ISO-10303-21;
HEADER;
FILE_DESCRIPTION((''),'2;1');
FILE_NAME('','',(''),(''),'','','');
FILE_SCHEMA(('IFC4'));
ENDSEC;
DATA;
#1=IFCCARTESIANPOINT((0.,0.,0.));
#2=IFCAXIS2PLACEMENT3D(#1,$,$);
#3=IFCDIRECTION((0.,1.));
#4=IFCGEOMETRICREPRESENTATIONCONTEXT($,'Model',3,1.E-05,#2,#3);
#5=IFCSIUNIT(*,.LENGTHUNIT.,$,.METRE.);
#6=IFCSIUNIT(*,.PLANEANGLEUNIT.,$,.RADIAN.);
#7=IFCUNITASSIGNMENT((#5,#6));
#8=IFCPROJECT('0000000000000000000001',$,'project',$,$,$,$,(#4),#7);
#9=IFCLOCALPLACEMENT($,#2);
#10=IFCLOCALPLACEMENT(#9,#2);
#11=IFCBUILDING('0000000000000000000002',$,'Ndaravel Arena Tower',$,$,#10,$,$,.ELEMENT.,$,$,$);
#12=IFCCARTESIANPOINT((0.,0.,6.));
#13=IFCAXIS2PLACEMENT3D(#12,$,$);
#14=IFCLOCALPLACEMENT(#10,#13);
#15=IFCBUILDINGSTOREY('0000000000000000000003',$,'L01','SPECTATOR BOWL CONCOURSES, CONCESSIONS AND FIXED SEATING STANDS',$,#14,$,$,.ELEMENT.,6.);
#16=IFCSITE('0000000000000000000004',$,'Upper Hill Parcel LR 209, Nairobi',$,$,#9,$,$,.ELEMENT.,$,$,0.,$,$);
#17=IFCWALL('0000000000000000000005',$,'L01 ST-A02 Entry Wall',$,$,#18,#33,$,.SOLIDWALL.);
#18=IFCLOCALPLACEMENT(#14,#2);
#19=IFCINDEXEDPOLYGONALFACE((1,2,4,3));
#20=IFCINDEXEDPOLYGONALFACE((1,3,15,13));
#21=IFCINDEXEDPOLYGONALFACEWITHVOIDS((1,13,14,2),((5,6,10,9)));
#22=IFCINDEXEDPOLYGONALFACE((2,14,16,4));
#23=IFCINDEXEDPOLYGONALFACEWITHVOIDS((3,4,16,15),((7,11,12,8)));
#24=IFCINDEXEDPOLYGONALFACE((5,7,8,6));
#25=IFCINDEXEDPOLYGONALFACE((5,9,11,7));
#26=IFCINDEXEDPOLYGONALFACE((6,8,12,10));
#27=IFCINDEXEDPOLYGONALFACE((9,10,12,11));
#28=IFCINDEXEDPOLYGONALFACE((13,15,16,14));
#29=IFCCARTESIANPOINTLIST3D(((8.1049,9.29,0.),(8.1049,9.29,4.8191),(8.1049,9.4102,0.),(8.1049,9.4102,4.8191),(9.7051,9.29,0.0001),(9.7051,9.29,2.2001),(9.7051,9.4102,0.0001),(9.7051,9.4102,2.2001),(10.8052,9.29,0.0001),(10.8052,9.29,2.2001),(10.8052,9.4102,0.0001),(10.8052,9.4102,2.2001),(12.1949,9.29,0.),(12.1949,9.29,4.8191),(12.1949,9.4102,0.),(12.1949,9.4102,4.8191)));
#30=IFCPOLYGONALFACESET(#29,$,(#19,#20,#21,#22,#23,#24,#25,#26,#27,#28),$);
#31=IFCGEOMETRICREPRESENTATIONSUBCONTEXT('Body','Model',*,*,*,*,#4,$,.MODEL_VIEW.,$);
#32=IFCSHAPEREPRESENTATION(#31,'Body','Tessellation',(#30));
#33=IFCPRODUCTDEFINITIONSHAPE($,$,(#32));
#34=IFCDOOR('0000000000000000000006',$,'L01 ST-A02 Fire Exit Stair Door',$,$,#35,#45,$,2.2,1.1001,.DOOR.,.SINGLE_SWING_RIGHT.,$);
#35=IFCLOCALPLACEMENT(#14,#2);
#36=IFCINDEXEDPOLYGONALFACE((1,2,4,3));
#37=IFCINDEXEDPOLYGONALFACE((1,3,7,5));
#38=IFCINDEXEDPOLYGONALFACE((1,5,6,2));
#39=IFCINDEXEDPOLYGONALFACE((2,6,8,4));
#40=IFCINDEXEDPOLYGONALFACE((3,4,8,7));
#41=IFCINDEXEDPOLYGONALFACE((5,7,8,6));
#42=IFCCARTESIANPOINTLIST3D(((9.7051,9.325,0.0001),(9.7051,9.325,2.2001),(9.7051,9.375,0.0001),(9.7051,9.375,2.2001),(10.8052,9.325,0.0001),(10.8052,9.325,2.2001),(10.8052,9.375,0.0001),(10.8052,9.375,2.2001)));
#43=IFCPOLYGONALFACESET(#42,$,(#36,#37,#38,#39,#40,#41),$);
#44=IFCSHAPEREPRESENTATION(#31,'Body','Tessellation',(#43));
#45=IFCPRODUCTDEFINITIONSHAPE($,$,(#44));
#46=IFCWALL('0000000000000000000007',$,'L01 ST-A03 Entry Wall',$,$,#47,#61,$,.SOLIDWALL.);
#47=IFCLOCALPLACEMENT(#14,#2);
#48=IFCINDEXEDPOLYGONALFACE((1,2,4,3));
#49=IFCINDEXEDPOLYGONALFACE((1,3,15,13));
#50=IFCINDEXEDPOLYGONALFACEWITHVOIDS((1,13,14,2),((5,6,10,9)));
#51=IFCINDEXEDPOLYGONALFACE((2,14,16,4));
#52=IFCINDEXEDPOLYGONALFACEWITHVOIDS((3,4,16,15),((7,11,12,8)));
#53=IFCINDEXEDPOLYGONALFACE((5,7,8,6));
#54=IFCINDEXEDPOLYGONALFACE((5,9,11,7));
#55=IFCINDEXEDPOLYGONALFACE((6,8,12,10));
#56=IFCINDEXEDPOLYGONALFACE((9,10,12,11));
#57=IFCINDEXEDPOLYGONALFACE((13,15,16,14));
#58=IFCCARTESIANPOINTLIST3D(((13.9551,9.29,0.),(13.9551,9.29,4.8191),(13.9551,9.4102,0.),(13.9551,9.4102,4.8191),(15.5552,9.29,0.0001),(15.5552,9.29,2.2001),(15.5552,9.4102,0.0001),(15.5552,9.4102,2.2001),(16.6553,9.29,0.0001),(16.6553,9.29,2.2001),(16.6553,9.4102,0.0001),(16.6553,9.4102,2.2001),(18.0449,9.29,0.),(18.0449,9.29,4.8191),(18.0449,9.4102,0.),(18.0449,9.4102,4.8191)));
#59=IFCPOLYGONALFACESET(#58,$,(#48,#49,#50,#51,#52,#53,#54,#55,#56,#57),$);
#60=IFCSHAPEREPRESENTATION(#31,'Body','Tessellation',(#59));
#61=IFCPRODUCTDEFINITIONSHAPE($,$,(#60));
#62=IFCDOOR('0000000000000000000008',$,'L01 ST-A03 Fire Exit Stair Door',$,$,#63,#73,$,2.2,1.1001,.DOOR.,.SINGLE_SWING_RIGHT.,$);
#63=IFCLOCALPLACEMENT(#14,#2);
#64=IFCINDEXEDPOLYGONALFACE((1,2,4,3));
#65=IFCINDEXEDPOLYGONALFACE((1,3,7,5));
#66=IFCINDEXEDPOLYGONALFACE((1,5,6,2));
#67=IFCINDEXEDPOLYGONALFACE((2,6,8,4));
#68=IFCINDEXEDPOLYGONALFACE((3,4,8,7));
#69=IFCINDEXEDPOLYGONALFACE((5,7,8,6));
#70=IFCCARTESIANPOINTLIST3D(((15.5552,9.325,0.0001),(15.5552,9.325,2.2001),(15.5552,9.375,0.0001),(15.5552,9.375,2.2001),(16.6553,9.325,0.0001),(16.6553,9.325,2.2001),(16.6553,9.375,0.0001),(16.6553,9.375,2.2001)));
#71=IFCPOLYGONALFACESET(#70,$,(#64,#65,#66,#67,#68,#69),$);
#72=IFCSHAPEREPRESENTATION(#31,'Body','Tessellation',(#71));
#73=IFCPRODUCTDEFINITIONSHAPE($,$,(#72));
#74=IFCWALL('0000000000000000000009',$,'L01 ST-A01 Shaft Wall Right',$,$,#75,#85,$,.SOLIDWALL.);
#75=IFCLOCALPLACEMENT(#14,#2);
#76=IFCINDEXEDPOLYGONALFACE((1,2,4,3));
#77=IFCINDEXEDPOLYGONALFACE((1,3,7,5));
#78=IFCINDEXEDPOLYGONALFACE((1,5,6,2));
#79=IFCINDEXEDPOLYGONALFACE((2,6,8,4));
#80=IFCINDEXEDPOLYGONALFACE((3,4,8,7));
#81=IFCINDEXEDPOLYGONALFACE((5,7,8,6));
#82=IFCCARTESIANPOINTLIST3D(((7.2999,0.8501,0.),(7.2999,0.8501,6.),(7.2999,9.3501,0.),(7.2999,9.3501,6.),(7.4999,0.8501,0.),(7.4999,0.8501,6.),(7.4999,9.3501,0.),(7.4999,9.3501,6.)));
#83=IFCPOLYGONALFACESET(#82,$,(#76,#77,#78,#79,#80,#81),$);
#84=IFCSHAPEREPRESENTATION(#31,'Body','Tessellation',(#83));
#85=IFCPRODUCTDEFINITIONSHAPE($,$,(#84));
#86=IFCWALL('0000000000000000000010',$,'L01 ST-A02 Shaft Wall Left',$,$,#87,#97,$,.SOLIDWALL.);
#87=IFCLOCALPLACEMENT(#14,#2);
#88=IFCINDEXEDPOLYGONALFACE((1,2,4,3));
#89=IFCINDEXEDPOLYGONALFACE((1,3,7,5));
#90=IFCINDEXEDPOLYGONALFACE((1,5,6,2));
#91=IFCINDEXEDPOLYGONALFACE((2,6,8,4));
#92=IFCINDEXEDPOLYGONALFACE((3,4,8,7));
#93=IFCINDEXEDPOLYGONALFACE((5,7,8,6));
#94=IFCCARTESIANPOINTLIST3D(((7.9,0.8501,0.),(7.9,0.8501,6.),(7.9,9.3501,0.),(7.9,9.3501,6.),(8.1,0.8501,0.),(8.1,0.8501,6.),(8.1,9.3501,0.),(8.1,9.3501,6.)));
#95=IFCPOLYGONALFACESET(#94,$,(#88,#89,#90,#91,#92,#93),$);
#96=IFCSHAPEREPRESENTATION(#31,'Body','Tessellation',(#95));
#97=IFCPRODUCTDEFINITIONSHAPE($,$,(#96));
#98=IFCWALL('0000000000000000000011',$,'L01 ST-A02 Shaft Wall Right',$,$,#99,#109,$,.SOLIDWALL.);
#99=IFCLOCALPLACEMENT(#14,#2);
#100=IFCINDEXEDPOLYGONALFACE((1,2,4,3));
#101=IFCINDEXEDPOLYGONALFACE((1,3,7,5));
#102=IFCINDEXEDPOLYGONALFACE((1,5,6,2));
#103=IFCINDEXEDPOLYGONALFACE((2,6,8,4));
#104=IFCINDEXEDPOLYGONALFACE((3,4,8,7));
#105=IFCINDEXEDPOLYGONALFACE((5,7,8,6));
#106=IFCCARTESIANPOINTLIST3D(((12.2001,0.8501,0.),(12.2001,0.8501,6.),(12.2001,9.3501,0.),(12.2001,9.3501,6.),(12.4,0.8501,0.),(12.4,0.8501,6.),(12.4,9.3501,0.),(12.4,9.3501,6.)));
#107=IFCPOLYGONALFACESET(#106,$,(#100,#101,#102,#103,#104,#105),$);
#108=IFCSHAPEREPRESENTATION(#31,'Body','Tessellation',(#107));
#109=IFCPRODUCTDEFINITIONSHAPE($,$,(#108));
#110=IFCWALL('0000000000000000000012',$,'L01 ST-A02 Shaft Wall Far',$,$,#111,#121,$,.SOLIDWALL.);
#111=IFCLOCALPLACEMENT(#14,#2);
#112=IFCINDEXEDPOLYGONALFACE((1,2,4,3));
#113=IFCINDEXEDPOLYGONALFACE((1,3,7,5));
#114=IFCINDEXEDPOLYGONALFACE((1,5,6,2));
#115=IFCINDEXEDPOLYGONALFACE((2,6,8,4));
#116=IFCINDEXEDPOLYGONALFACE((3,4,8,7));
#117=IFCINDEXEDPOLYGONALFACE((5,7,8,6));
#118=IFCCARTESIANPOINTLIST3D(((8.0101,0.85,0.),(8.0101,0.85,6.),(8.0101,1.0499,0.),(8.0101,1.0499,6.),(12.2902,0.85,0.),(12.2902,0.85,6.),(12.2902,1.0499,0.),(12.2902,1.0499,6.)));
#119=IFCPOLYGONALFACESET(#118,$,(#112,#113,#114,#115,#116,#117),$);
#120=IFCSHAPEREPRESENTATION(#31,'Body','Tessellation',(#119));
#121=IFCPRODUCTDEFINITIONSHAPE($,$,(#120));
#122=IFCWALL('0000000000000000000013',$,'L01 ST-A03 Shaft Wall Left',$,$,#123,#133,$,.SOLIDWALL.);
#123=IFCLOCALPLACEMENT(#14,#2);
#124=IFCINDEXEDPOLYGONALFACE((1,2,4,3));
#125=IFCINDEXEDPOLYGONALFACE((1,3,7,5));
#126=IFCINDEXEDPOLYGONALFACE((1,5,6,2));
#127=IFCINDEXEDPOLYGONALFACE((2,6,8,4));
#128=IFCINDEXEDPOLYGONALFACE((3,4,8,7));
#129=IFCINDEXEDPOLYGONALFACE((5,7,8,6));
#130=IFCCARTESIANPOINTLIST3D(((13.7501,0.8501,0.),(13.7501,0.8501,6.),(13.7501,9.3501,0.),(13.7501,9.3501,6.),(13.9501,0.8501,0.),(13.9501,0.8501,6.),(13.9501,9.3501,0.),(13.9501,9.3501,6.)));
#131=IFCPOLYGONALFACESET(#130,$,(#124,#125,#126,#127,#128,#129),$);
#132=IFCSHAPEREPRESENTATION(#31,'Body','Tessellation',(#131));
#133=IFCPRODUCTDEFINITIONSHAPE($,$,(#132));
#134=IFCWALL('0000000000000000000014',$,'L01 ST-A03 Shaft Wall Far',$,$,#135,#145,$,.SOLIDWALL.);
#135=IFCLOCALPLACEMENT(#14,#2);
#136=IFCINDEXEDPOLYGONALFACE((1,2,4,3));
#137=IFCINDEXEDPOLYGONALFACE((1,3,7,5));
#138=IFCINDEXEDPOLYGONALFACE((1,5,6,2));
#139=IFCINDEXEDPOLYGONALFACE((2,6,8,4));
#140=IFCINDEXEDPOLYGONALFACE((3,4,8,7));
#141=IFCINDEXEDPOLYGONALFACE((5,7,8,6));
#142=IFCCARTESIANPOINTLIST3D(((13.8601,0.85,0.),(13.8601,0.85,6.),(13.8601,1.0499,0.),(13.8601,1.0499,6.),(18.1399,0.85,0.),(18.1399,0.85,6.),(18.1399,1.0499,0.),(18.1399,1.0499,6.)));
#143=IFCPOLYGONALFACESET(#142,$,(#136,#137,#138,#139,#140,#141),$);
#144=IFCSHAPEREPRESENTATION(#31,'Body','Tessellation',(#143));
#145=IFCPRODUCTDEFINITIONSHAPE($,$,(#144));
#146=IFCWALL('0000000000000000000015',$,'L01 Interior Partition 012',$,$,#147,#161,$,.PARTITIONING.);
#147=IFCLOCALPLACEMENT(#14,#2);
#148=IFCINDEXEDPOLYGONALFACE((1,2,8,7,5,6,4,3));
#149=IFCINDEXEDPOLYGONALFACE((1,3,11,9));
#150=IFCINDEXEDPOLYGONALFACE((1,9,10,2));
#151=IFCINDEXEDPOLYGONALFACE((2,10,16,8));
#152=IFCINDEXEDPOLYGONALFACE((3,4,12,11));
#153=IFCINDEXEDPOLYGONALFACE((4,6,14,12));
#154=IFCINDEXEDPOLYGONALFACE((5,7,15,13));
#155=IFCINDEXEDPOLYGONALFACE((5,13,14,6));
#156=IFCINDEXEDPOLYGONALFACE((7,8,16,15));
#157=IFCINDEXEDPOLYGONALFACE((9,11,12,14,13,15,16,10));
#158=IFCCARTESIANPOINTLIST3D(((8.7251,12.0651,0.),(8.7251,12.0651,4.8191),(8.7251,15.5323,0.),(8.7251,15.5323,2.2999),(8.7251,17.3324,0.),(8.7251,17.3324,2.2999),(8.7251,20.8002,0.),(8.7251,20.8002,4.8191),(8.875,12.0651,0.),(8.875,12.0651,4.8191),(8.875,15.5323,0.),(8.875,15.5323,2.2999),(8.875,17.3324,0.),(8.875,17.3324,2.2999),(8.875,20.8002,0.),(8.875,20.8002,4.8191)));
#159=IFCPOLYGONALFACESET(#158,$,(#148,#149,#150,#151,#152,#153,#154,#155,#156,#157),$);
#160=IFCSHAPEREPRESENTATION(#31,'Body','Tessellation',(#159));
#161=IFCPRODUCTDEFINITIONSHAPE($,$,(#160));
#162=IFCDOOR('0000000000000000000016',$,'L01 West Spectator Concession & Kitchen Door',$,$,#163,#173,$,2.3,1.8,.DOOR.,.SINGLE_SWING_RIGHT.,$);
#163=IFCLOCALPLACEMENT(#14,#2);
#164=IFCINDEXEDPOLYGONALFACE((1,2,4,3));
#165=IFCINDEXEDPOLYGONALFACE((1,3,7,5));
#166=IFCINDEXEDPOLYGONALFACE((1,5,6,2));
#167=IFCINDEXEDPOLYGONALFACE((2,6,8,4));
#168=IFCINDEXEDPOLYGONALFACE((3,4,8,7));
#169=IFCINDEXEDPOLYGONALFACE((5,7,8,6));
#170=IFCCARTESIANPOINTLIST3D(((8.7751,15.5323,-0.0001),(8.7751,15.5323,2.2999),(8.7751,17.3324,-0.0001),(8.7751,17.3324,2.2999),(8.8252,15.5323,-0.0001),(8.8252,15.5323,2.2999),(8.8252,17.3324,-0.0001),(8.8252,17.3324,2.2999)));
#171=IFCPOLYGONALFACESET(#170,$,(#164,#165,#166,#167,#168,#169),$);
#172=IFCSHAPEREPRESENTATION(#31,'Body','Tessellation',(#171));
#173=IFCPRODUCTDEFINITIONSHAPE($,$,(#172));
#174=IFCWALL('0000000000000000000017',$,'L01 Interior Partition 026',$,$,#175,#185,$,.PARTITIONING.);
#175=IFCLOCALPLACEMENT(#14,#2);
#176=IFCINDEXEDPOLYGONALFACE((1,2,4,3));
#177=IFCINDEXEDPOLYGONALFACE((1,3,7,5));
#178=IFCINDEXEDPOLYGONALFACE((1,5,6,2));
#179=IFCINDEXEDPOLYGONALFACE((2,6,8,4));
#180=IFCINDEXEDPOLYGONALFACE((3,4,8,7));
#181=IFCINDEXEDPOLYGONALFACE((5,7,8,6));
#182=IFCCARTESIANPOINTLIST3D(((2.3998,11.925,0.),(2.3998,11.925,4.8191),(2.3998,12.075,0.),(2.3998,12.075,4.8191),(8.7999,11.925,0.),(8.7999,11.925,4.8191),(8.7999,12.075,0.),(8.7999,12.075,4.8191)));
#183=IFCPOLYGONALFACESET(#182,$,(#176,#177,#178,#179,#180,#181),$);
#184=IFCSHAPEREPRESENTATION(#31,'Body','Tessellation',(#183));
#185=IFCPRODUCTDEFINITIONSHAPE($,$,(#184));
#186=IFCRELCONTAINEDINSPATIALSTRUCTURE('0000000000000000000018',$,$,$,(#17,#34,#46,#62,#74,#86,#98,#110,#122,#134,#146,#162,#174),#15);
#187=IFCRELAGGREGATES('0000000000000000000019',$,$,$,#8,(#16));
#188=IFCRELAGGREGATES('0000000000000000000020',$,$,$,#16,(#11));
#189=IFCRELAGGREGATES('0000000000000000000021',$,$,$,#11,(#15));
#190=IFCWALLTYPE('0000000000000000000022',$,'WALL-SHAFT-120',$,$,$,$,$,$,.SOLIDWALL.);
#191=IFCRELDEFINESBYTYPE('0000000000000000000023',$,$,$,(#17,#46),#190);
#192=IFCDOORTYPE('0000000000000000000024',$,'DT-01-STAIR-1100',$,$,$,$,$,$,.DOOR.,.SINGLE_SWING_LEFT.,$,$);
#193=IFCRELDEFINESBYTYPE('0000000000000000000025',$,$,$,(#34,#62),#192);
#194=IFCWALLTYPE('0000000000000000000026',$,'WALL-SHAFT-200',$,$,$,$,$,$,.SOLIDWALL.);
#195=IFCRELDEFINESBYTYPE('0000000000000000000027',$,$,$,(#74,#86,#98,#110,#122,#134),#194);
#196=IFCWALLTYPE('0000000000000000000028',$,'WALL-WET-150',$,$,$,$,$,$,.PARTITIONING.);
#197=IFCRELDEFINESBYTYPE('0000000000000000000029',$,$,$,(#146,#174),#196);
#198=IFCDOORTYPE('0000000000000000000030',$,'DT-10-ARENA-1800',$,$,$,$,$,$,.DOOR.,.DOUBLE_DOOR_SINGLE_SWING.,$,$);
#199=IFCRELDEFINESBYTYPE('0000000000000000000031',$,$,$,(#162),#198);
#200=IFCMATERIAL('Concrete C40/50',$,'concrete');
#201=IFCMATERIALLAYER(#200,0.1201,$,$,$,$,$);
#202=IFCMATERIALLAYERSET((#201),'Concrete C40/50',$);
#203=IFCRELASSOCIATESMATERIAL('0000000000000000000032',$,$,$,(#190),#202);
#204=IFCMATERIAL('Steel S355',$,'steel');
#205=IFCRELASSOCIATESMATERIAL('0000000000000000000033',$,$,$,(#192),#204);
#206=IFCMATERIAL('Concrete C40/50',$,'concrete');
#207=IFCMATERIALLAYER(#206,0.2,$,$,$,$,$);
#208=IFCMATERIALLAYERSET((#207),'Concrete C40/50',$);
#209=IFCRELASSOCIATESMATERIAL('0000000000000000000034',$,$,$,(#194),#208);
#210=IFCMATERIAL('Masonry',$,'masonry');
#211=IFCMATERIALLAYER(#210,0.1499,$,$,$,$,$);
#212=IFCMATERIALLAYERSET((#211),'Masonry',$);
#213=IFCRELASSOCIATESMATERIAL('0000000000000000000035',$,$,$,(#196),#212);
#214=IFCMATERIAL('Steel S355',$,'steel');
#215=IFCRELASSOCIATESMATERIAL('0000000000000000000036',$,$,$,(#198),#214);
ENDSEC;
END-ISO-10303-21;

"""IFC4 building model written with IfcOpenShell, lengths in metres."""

from ifc_helpers import new_model, si_unit, direction, frame, frame_2d, origin, place, context, subcontext, project, spatial, rectangle, extrude, material, layer, layer_set, type_object, element, fill, save


model = new_model("IFC4")

# Units and contexts
model_context = context("Model", 3, precision=1e-05, world=origin(), true_north=direction((0.0, 1.0)))
body_context = subcontext(model_context, "Body", "Model", "MODEL_VIEW")
ifc_project = project(units=[si_unit("LENGTHUNIT", "METRE"), si_unit("PLANEANGLEUNIT", "RADIAN")], contexts=[model_context])

# Site, building, storey
site_placement = place(None, origin())
site = spatial("IfcSite", under=ifc_project, at=site_placement, Name="Upper Hill Parcel LR 209, Nairobi", CompositionType="ELEMENT", RefElevation=0.0)
building_placement = place(site_placement, origin())
building = spatial("IfcBuilding", under=site, at=building_placement, Name="Ndaravel Arena Tower", CompositionType="ELEMENT")
storey_placement = place(building_placement, frame((0.0, 0.0, 6.0)))
storey = spatial("IfcBuildingStorey", under=building, at=storey_placement, Name="L01", Description="SPECTATOR BOWL CONCOURSES, CONCESSIONS AND FIXED SEATING STANDS", CompositionType="ELEMENT", Elevation=6.0)

# Walls, openings, doors
ifc_material_1 = material(Name="Concrete C40/50", Category="concrete")
ifc_layer_1 = layer(ifc_material_1, 0.1201)
ifc_layer_set_1 = layer_set([ifc_layer_1], Name="Concrete C40/50")
wall_type_1 = type_object("IfcWallType", Name="WALL-SHAFT-120", PredefinedType="SOLIDWALL", material=ifc_layer_set_1)
wall_1_placement = place(storey_placement, frame((8.105, 9.3501, 0.0), z_axis=(0.0, 0.0, 1.0), x_axis=(1.0, 0.0, 0.0)))
wall_1 = element("IfcWall", 1, at=wall_1_placement, inside=storey, type_object=wall_type_1, Name="L01 ST-A02 Entry Wall", PredefinedType="SOLIDWALL", context=body_context, shape_type="SweptSolid", body=[
    extrude(rectangle(XDim=4.0901, YDim=0.1201, at=frame_2d((2.0449, 0.0))), origin(), (0.0, 0.0, 1.0), 4.8191),
])
opening_1_placement = place(wall_1_placement, frame((1.6001, 0.0, 0.0)))
opening_1 = element("IfcOpeningElement", 2, at=opening_1_placement, cuts=wall_1, PredefinedType="OPENING", context=body_context, shape_type="SweptSolid", body=[
    extrude(rectangle(XDim=1.1001, YDim=2.2, at=frame_2d((0.55, 1.1001))), frame((0.0, 0.0601, 0.0), z_axis=(0.0, -1.0, 0.0), x_axis=(1.0, 0.0, 0.0)), (0.0, 0.0, 1.0), 0.1201),
])
ifc_material_2 = material(Name="Steel S355", Category="steel")
door_type_1 = type_object("IfcDoorType", Name="DT-01-STAIR-1100", OperationType="SINGLE_SWING_LEFT", PredefinedType="DOOR", material=ifc_material_2)
door_1_placement = place(opening_1_placement, origin())
door_1 = element("IfcDoor", 3, at=door_1_placement, inside=storey, type_object=door_type_1, Name="L01 ST-A02 Fire Exit Stair Door", OperationType="SINGLE_SWING_RIGHT", OverallHeight=2.2, OverallWidth=1.1001, PredefinedType="DOOR", context=body_context, shape_type="SweptSolid", body=[
    extrude(rectangle(XDim=1.1001, YDim=2.2, at=frame_2d((0.55, 1.1001))), frame((0.0, 0.0249, 0.0), z_axis=(0.0, -1.0, 0.0), x_axis=(1.0, 0.0, 0.0)), (0.0, 0.0, 1.0), 0.05),
])
fill(opening_1, door_1)
wall_2_placement = place(storey_placement, frame((13.9551, 9.3501, 0.0), z_axis=(0.0, 0.0, 1.0), x_axis=(1.0, 0.0, 0.0)))
wall_2 = element("IfcWall", 4, at=wall_2_placement, inside=storey, type_object=wall_type_1, Name="L01 ST-A03 Entry Wall", PredefinedType="SOLIDWALL", context=body_context, shape_type="SweptSolid", body=[
    extrude(rectangle(XDim=4.0898, YDim=0.1201, at=frame_2d((2.0449, 0.0))), origin(), (0.0, 0.0, 1.0), 4.8191),
])
opening_2_placement = place(wall_2_placement, frame((1.6001, 0.0, 0.0)))
opening_2 = element("IfcOpeningElement", 5, at=opening_2_placement, cuts=wall_2, PredefinedType="OPENING", context=body_context, shape_type="SweptSolid", body=[
    extrude(rectangle(XDim=1.1001, YDim=2.2, at=frame_2d((0.55, 1.1001))), frame((0.0, 0.0601, 0.0), z_axis=(0.0, -1.0, 0.0), x_axis=(1.0, 0.0, 0.0)), (0.0, 0.0, 1.0), 0.1201),
])
door_2_placement = place(opening_2_placement, origin())
door_2 = element("IfcDoor", 6, at=door_2_placement, inside=storey, type_object=door_type_1, Name="L01 ST-A03 Fire Exit Stair Door", OperationType="SINGLE_SWING_RIGHT", OverallHeight=2.2, OverallWidth=1.1001, PredefinedType="DOOR", context=body_context, shape_type="SweptSolid", body=[
    extrude(rectangle(XDim=1.1001, YDim=2.2, at=frame_2d((0.55, 1.1001))), frame((0.0, 0.0249, 0.0), z_axis=(0.0, -1.0, 0.0), x_axis=(1.0, 0.0, 0.0)), (0.0, 0.0, 1.0), 0.05),
])
fill(opening_2, door_2)

# Walls
ifc_material_3 = material(Name="Concrete C40/50", Category="concrete")
ifc_layer_2 = layer(ifc_material_3, 0.2)
ifc_layer_set_2 = layer_set([ifc_layer_2], Name="Concrete C40/50")
wall_type_2 = type_object("IfcWallType", Name="WALL-SHAFT-200", PredefinedType="SOLIDWALL", material=ifc_layer_set_2)
for number, where, z_axis, x_axis, name in (
    (7, (7.3999, 9.3501, 0.0), (0.0, 0.0, 1.0), (0.0, -1.0, 0.0), "L01 ST-A01 Shaft Wall Right"),
    (8, (8.0, 9.3501, 0.0), (0.0, 0.0, 1.0), (0.0, -1.0, 0.0), "L01 ST-A02 Shaft Wall Left"),
    (9, (12.3, 9.3501, 0.0), (0.0, 0.0, 1.0), (0.0, -1.0, 0.0), "L01 ST-A02 Shaft Wall Right"),
):
    element("IfcWall", number, at=place(storey_placement, frame(where, z_axis=z_axis, x_axis=x_axis)), inside=storey, type_object=wall_type_2, Name=name, PredefinedType="SOLIDWALL", context=body_context, shape_type="SweptSolid", body=[
        extrude(rectangle(XDim=8.5, YDim=0.2, at=frame_2d((4.25, 0.0))), origin(), (0.0, 0.0, 1.0), 6.0),
    ])
wall_3_placement = place(storey_placement, frame((8.01, 0.95, 0.0), z_axis=(0.0, 0.0, 1.0), x_axis=(1.0, 0.0, 0.0)))
element("IfcWall", 10, at=wall_3_placement, inside=storey, type_object=wall_type_2, Name="L01 ST-A02 Shaft Wall Far", PredefinedType="SOLIDWALL", context=body_context, shape_type="SweptSolid", body=[
    extrude(rectangle(XDim=4.28, YDim=0.2, at=frame_2d((2.1401, 0.0))), origin(), (0.0, 0.0, 1.0), 6.0),
])
wall_4_placement = place(storey_placement, frame((13.8501, 9.3501, 0.0), z_axis=(0.0, 0.0, 1.0), x_axis=(0.0, -1.0, 0.0)))
element("IfcWall", 11, at=wall_4_placement, inside=storey, type_object=wall_type_2, Name="L01 ST-A03 Shaft Wall Left", PredefinedType="SOLIDWALL", context=body_context, shape_type="SweptSolid", body=[
    extrude(rectangle(XDim=8.5, YDim=0.2, at=frame_2d((4.25, 0.0))), origin(), (0.0, 0.0, 1.0), 6.0),
])
wall_5_placement = place(storey_placement, frame((13.8601, 0.95, 0.0), z_axis=(0.0, 0.0, 1.0), x_axis=(1.0, 0.0, 0.0)))
element("IfcWall", 12, at=wall_5_placement, inside=storey, type_object=wall_type_2, Name="L01 ST-A03 Shaft Wall Far", PredefinedType="SOLIDWALL", context=body_context, shape_type="SweptSolid", body=[
    extrude(rectangle(XDim=4.2798, YDim=0.2, at=frame_2d((2.1399, 0.0))), origin(), (0.0, 0.0, 1.0), 6.0),
])

# Wall, opening, door
ifc_material_4 = material(Name="Masonry", Category="masonry")
ifc_layer_3 = layer(ifc_material_4, 0.1499)
ifc_layer_set_3 = layer_set([ifc_layer_3], Name="Masonry")
wall_type_3 = type_object("IfcWallType", Name="WALL-WET-150", PredefinedType="PARTITIONING", material=ifc_layer_set_3)
wall_6_placement = place(storey_placement, frame((8.8, 12.0649, 0.0), z_axis=(0.0, 0.0, 1.0), x_axis=(0.0, 1.0, 0.0)))
wall_6 = element("IfcWall", 13, at=wall_6_placement, inside=storey, type_object=wall_type_3, Name="L01 Interior Partition 012", PredefinedType="PARTITIONING", context=body_context, shape_type="SweptSolid", body=[
    extrude(rectangle(XDim=8.7351, YDim=0.1499, at=frame_2d((4.3677, 0.0))), origin(), (0.0, 0.0, 1.0), 4.8191),
])
opening_3_placement = place(wall_6_placement, frame((3.4675, 0.0, 0.0)))
opening_3 = element("IfcOpeningElement", 14, at=opening_3_placement, cuts=wall_6, PredefinedType="OPENING", context=body_context, shape_type="SweptSolid", body=[
    extrude(rectangle(XDim=1.8, YDim=2.3, at=frame_2d((0.8999, 1.1499))), frame((0.0, 0.075, 0.0), z_axis=(0.0, -1.0, 0.0), x_axis=(1.0, 0.0, 0.0)), (0.0, 0.0, 1.0), 0.1499),
])
ifc_material_5 = material(Name="Steel S355", Category="steel")
door_type_2 = type_object("IfcDoorType", Name="DT-10-ARENA-1800", OperationType="DOUBLE_DOOR_SINGLE_SWING", PredefinedType="DOOR", material=ifc_material_5)
door_3_placement = place(opening_3_placement, origin())
door_3 = element("IfcDoor", 15, at=door_3_placement, inside=storey, type_object=door_type_2, Name="L01 West Spectator Concession & Kitchen Door", OperationType="SINGLE_SWING_RIGHT", OverallHeight=2.3, OverallWidth=1.8, PredefinedType="DOOR", context=body_context, shape_type="SweptSolid", body=[
    extrude(rectangle(XDim=1.8, YDim=2.3, at=frame_2d((0.8999, 1.1499))), frame((0.0, 0.0249, 0.0), z_axis=(0.0, -1.0, 0.0), x_axis=(1.0, 0.0, 0.0)), (0.0, 0.0, 1.0), 0.05),
])
fill(opening_3, door_3)

# Wall
wall_7_placement = place(storey_placement, frame((8.8, 12.0, 0.0), z_axis=(0.0, 0.0, 1.0), x_axis=(-1.0, 0.0, 0.0)))
element("IfcWall", 16, at=wall_7_placement, inside=storey, type_object=wall_type_3, Name="L01 Interior Partition 026", PredefinedType="PARTITIONING", context=body_context, shape_type="SweptSolid", body=[
    extrude(rectangle(XDim=6.4001, YDim=0.1499, at=frame_2d((3.2002, 0.0))), origin(), (0.0, 0.0, 1.0), 4.8191),
])

save(model, "model.ifc")
